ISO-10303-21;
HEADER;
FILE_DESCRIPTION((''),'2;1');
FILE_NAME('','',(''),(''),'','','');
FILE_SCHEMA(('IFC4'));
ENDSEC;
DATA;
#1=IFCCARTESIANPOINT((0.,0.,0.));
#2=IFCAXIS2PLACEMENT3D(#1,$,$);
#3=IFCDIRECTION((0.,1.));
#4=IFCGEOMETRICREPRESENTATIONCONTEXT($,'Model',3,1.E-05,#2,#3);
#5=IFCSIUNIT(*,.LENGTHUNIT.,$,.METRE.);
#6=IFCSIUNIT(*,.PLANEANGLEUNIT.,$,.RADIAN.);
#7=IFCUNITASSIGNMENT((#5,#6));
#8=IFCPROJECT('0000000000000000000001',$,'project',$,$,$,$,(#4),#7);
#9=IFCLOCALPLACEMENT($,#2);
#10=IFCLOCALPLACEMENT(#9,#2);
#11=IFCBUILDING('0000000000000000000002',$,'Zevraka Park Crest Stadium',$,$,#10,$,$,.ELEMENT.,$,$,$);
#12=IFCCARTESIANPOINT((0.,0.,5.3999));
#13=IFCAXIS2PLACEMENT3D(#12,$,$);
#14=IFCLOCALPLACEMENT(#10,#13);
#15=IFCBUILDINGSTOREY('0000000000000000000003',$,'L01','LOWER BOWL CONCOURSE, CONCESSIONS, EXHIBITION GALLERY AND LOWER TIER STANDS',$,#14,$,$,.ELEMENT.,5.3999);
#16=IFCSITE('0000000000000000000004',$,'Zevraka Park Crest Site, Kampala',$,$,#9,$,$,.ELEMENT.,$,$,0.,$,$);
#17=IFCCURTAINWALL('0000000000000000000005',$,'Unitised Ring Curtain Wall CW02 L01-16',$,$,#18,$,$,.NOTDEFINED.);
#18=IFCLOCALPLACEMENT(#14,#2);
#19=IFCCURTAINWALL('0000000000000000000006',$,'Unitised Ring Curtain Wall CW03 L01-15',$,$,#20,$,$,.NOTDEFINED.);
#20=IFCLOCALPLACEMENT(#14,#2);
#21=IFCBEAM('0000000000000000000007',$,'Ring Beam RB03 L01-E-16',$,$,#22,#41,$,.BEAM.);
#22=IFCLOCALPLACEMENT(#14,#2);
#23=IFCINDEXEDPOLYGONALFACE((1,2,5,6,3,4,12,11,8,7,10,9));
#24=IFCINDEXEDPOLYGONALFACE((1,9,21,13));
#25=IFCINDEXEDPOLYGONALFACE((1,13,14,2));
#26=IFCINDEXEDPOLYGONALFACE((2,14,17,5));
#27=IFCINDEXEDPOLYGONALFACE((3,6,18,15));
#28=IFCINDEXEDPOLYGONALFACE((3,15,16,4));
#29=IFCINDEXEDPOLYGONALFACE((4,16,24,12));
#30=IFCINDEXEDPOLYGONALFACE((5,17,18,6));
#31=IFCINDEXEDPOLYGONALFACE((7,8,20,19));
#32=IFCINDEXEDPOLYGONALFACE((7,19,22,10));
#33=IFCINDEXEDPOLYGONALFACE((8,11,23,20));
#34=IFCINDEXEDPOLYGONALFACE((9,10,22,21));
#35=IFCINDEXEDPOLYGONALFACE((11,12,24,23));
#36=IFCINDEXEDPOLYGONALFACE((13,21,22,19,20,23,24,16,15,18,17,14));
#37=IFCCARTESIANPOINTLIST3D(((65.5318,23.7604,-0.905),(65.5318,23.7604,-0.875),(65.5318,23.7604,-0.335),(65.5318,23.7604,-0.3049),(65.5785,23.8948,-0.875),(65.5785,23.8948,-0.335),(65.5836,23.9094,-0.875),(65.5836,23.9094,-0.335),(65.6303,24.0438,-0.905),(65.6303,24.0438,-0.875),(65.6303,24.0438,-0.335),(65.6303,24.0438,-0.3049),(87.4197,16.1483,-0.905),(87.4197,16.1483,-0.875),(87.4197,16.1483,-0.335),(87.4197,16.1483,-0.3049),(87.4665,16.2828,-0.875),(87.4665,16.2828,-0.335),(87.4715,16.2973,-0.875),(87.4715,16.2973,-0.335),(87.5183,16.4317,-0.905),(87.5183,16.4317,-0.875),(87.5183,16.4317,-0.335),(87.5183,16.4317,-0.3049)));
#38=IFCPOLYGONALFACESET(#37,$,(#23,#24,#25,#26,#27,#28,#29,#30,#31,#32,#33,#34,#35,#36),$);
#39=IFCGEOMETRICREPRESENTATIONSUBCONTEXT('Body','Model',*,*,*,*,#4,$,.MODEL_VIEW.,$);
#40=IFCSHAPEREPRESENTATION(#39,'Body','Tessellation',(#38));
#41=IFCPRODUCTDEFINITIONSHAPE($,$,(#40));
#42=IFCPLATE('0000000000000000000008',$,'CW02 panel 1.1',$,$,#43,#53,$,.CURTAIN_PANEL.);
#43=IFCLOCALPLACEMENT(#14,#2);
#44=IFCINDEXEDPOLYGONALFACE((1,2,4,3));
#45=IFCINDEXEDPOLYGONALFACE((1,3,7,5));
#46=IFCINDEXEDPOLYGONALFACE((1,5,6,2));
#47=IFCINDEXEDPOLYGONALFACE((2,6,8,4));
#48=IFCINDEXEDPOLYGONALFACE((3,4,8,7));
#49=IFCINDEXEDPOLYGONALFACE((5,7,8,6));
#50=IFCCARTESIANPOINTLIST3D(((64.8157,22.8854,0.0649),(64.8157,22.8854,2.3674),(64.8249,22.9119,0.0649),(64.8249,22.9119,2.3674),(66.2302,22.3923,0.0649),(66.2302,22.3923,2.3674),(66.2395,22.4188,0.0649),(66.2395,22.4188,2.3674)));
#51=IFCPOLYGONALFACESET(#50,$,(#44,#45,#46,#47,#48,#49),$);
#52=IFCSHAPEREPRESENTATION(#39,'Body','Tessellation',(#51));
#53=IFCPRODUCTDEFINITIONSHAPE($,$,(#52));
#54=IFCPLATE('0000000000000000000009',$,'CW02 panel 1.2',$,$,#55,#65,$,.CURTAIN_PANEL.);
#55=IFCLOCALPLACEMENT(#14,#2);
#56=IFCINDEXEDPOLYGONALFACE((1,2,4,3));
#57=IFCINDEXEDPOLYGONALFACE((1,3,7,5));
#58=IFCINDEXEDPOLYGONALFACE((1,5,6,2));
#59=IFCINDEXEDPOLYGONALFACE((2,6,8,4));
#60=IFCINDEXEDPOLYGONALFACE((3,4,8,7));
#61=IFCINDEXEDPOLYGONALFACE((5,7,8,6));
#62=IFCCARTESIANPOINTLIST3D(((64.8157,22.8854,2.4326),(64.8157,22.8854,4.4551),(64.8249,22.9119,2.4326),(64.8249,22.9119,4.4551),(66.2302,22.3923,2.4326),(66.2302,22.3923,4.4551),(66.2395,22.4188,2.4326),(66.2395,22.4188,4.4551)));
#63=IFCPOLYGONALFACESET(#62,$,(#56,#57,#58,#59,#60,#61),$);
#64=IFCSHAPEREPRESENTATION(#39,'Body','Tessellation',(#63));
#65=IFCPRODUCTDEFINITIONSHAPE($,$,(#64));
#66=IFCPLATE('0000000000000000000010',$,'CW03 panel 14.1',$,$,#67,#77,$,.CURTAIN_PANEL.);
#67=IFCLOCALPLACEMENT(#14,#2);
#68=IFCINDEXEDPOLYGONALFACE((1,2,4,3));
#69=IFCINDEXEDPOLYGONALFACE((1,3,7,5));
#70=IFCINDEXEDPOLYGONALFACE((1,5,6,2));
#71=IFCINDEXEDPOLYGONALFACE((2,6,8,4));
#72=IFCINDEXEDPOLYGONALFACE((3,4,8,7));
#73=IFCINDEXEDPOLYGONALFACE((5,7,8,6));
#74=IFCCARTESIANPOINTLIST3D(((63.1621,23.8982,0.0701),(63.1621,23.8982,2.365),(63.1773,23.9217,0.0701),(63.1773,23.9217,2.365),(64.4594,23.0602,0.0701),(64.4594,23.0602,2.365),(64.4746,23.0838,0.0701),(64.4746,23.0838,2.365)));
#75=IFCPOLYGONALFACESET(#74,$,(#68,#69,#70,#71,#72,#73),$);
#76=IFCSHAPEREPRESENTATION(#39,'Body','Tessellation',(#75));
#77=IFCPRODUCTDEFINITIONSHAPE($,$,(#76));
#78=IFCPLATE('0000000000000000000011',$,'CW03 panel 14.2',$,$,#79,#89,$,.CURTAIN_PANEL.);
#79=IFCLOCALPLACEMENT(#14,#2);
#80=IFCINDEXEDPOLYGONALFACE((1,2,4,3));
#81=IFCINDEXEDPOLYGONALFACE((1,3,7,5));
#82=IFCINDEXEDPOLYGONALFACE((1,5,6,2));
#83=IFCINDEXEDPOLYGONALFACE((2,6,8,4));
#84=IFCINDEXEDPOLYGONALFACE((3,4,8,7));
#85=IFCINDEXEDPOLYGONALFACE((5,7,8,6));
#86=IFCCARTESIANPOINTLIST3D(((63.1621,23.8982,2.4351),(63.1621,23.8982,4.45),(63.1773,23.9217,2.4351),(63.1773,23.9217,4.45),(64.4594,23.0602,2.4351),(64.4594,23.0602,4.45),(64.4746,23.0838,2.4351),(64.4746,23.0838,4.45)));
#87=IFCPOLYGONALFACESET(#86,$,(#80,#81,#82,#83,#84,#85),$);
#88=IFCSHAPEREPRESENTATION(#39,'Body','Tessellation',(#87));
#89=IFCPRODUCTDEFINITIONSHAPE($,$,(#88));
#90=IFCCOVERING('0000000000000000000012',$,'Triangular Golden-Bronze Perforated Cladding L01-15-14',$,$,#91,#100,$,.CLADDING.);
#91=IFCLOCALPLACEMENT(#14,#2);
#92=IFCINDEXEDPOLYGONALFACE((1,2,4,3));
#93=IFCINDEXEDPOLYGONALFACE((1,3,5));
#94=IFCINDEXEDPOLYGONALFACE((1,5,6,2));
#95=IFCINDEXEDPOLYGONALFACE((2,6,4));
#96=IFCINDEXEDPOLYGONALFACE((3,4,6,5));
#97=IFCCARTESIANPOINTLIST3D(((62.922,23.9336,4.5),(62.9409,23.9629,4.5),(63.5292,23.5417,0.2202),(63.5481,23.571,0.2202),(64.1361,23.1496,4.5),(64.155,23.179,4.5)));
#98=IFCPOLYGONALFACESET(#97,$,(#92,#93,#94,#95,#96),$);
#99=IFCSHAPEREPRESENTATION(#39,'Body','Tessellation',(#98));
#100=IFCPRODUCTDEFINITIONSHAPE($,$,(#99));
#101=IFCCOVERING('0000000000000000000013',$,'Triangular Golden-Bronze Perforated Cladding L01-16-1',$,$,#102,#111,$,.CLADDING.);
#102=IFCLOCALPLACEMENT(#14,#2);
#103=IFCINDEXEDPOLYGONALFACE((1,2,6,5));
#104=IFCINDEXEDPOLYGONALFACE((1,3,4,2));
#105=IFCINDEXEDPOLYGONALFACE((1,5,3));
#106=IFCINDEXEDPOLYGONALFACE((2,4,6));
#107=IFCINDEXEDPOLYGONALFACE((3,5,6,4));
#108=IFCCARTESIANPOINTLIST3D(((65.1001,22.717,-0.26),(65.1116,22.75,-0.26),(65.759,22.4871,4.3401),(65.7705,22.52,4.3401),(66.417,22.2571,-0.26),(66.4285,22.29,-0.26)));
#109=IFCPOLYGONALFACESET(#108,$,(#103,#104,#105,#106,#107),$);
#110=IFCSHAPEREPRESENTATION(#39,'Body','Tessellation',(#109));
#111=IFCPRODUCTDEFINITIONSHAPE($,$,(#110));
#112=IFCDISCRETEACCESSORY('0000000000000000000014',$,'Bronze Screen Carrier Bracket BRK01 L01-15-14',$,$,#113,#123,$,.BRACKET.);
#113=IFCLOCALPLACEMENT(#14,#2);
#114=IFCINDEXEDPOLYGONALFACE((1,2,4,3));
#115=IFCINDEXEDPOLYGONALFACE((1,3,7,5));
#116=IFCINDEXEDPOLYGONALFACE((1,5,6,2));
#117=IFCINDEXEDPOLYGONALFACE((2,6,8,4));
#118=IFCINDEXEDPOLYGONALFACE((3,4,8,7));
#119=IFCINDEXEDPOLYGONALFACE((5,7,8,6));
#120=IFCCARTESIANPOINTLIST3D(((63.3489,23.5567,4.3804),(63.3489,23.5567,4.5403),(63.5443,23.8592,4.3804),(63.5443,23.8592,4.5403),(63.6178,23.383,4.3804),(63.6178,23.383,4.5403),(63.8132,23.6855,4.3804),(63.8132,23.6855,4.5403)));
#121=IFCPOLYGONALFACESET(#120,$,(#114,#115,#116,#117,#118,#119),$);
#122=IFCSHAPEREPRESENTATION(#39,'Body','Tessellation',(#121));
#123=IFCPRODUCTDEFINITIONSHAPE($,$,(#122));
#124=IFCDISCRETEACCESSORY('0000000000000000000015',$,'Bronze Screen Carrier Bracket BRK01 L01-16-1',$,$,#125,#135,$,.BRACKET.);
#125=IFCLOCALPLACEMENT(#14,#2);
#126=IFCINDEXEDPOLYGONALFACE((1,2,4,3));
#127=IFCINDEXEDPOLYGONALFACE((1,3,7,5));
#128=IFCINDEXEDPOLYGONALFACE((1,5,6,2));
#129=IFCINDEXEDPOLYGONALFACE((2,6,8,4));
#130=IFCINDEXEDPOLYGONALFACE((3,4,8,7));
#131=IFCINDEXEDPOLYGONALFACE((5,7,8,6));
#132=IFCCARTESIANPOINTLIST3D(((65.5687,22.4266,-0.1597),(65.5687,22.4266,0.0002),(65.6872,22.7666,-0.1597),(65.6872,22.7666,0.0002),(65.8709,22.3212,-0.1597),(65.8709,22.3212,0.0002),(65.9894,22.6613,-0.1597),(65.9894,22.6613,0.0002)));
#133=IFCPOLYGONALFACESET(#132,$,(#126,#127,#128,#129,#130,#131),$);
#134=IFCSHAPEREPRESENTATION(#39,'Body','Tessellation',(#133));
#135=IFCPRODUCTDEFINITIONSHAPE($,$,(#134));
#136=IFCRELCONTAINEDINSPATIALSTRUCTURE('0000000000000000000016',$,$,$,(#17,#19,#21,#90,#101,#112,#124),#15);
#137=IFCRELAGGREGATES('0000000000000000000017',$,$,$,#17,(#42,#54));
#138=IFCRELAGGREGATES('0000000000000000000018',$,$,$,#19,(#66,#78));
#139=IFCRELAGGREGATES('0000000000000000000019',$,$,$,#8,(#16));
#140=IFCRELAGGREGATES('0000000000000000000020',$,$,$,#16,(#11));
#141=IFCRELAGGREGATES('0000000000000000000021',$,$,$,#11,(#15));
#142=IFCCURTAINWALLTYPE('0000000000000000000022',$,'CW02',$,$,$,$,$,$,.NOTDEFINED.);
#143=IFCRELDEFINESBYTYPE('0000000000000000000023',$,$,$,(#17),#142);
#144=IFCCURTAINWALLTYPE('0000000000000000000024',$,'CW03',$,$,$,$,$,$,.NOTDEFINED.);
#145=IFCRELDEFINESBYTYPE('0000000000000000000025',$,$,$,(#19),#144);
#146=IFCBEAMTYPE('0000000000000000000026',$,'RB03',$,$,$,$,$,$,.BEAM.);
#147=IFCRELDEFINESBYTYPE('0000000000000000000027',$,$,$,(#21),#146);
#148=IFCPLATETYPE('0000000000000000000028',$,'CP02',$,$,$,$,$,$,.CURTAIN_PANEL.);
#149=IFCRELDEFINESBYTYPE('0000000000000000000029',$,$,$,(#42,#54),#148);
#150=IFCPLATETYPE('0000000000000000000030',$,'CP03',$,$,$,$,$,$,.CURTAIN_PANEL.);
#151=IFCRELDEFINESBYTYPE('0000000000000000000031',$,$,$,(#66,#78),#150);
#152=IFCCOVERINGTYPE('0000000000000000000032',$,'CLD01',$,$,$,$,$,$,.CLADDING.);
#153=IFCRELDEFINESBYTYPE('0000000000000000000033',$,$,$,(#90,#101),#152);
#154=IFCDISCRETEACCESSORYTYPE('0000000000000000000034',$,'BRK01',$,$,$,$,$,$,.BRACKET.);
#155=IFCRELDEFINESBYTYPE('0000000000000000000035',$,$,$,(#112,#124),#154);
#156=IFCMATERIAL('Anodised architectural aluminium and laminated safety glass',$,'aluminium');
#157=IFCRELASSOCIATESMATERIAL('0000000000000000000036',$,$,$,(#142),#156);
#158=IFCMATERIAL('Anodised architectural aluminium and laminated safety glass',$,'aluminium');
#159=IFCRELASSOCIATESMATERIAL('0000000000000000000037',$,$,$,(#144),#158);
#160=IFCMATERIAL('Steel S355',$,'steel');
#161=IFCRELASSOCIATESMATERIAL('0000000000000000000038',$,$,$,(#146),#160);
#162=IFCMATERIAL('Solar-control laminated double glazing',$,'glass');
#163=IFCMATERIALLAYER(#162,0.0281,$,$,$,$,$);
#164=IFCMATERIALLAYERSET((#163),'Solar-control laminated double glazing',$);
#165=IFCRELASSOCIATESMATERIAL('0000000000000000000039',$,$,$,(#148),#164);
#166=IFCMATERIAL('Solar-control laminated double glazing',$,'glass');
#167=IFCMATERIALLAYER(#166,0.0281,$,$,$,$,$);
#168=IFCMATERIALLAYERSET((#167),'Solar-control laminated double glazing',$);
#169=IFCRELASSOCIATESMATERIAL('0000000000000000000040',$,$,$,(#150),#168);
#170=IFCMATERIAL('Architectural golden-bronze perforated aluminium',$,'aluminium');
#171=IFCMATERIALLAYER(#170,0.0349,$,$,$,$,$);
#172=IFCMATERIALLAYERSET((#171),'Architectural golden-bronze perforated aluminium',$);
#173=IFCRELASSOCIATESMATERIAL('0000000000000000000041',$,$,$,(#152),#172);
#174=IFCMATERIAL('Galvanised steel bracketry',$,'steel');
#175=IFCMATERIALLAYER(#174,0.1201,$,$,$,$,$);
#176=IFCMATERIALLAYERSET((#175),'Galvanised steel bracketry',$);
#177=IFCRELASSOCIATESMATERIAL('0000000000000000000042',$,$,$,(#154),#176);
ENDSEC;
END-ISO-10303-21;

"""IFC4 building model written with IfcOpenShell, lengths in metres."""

from ifc_helpers import new_model, si_unit, direction, frame, origin, origin_2d, place, context, subcontext, project, spatial, polyline, rectangle, i_section, outline, extrude, material, layer, layer_set, material_profile, profile_set, type_object, element, aggregate, save


model = new_model("IFC4")

# Units and contexts
model_context = context("Model", 3, precision=1e-05, world=origin(), true_north=direction((0.0, 1.0)))
body_context = subcontext(model_context, "Body", "Model", "MODEL_VIEW")
ifc_project = project(units=[si_unit("LENGTHUNIT", "METRE"), si_unit("PLANEANGLEUNIT", "RADIAN")], contexts=[model_context])

# Site, building, storey
site_placement = place(None, origin())
site = spatial("IfcSite", under=ifc_project, at=site_placement, Name="Zevraka Park Crest Site, Kampala", CompositionType="ELEMENT", RefElevation=0.0)
building_placement = place(site_placement, origin())
building = spatial("IfcBuilding", under=site, at=building_placement, Name="Zevraka Park Crest Stadium", CompositionType="ELEMENT")
storey_placement = place(building_placement, frame((0.0, 0.0, 5.3999)))
storey = spatial("IfcBuildingStorey", under=building, at=storey_placement, Name="L01", Description="LOWER BOWL CONCOURSE, CONCESSIONS, EXHIBITION GALLERY AND LOWER TIER STANDS", CompositionType="ELEMENT", Elevation=5.3999)

# Curtain walls
ifc_material_1 = material(Name="Anodised architectural aluminium and laminated safety glass", Category="aluminium")
curtain_wall_type_1 = type_object("IfcCurtainWallType", Name="CW02", PredefinedType="NOTDEFINED", material=ifc_material_1)
curtain_wall_1_placement = place(storey_placement, origin())
curtain_wall_1 = element("IfcCurtainWall", 1, at=curtain_wall_1_placement, inside=storey, type_object=curtain_wall_type_1, Name="Unitised Ring Curtain Wall CW02 L01-16", PredefinedType="NOTDEFINED")
ifc_material_2 = material(Name="Anodised architectural aluminium and laminated safety glass", Category="aluminium")
curtain_wall_type_2 = type_object("IfcCurtainWallType", Name="CW03", PredefinedType="NOTDEFINED", material=ifc_material_2)
curtain_wall_2_placement = place(storey_placement, origin())
curtain_wall_2 = element("IfcCurtainWall", 2, at=curtain_wall_2_placement, inside=storey, type_object=curtain_wall_type_2, Name="Unitised Ring Curtain Wall CW03 L01-15", PredefinedType="NOTDEFINED")

# Beam
ifc_material_3 = material(Name="Steel S355", Category="steel")
ifc_material_profile_1 = material_profile(ifc_material_3, i_section(OverallWidth=0.3, OverallDepth=0.6001, WebThickness=0.0154, FlangeThickness=0.03, at=origin_2d()), Name="HEB 600")
ifc_profile_set_1 = profile_set([ifc_material_profile_1], Name="Steel S355")
beam_type = type_object("IfcBeamType", Name="RB03", PredefinedType="BEAM", material=ifc_profile_set_1)
beam_placement = place(storey_placement, frame((65.5811, 23.9021, -0.605), z_axis=(0.944512, -0.328477, 0.0), x_axis=(0.328477, 0.944512, 0.0)))
element("IfcBeam", 3, at=beam_placement, inside=storey, type_object=beam_type, Name="Ring Beam RB03 L01-E-16", PredefinedType="BEAM", context=body_context, shape_type="SweptSolid", body=[
    extrude(i_section(OverallWidth=0.3, OverallDepth=0.6001, WebThickness=0.0154, FlangeThickness=0.03, at=origin_2d()), origin(), (0.0, 0.0, 1.0), 23.1738),
])

# Plates
ifc_material_4 = material(Name="Solar-control laminated double glazing", Category="glass")
ifc_layer_1 = layer(ifc_material_4, 0.0281)
ifc_layer_set_1 = layer_set([ifc_layer_1], Name="Solar-control laminated double glazing")
plate_type_1 = type_object("IfcPlateType", Name="CP02", PredefinedType="CURTAIN_PANEL", material=ifc_layer_set_1)
plate_1_placement = place(storey_placement, frame((65.5276, 22.6521, 0.0649), z_axis=(0.0, 0.0, 1.0), x_axis=(0.944257, -0.329209, 0.0)))
plate_1 = element("IfcPlate", 4, at=plate_1_placement, type_object=plate_type_1, Name="CW02 panel 1.1", PredefinedType="CURTAIN_PANEL", context=body_context, shape_type="SweptSolid", body=[
    extrude(rectangle(XDim=1.498, YDim=0.0281, at=origin_2d()), origin(), (0.0, 0.0, 1.0), 2.3025),
])
plate_2_placement = place(storey_placement, frame((65.5276, 22.6521, 2.4326), z_axis=(0.0, 0.0, 1.0), x_axis=(0.944257, -0.329209, 0.0)))
plate_2 = element("IfcPlate", 5, at=plate_2_placement, type_object=plate_type_1, Name="CW02 panel 1.2", PredefinedType="CURTAIN_PANEL", context=body_context, shape_type="SweptSolid", body=[
    extrude(rectangle(XDim=1.498, YDim=0.0281, at=origin_2d()), origin(), (0.0, 0.0, 1.0), 2.0225),
])
aggregate(curtain_wall_1, [plate_1, plate_2])
ifc_material_5 = material(Name="Solar-control laminated double glazing", Category="glass")
ifc_layer_2 = layer(ifc_material_5, 0.0281)
ifc_layer_set_2 = layer_set([ifc_layer_2], Name="Solar-control laminated double glazing")
plate_type_2 = type_object("IfcPlateType", Name="CP03", PredefinedType="CURTAIN_PANEL", material=ifc_layer_set_2)
plate_3_placement = place(storey_placement, frame((63.8184, 23.491, 0.0701), z_axis=(0.0, 0.0, 1.0), x_axis=(0.84001, -0.542571, 0.0)))
plate_3 = element("IfcPlate", 6, at=plate_3_placement, type_object=plate_type_2, Name="CW03 panel 14.1", PredefinedType="CURTAIN_PANEL", context=body_context, shape_type="SweptSolid", body=[
    extrude(rectangle(XDim=1.5444, YDim=0.0281, at=origin_2d()), origin(), (0.0, 0.0, 1.0), 2.2949),
])
plate_4_placement = place(storey_placement, frame((63.8184, 23.491, 2.4351), z_axis=(0.0, 0.0, 1.0), x_axis=(0.84001, -0.542571, 0.0)))
plate_4 = element("IfcPlate", 7, at=plate_4_placement, type_object=plate_type_2, Name="CW03 panel 14.2", PredefinedType="CURTAIN_PANEL", context=body_context, shape_type="SweptSolid", body=[
    extrude(rectangle(XDim=1.5444, YDim=0.0281, at=origin_2d()), origin(), (0.0, 0.0, 1.0), 2.0149),
])
aggregate(curtain_wall_2, [plate_3, plate_4])

# Coverings
ifc_material_6 = material(Name="Architectural golden-bronze perforated aluminium", Category="aluminium")
ifc_layer_3 = layer(ifc_material_6, 0.0349)
ifc_layer_set_3 = layer_set([ifc_layer_3], Name="Architectural golden-bronze perforated aluminium")
covering_type = type_object("IfcCoveringType", Name="CLD01", PredefinedType="CLADDING", material=ifc_layer_set_3)
covering_1_placement = place(storey_placement, frame((64.155, 23.179, 4.5), z_axis=(0.542439, 0.840096, 0.000039), x_axis=(-0.840096, 0.542439, 0.0)))
element("IfcCovering", 8, at=covering_1_placement, inside=storey, type_object=covering_type, Name="Triangular Golden-Bronze Perforated Cladding L01-15-14", PredefinedType="CLADDING", context=body_context, shape_type="SweptSolid", body=[
    extrude(outline(polyline([(0.0, 0.0), (1.4452, 0.0), (0.7226, -4.2798), (0.0, 0.0)])), origin(), (0.0, 0.0, -1.0), 0.0349),
])
covering_2_placement = place(storey_placement, frame((65.1001, 22.717, -0.26), z_axis=(-0.329742, -0.944071, 0.000035), x_axis=(0.944071, -0.329742, 0.0)))
element("IfcCovering", 9, at=covering_2_placement, inside=storey, type_object=covering_type, Name="Triangular Golden-Bronze Perforated Cladding L01-16-1", PredefinedType="CLADDING", context=body_context, shape_type="SweptSolid", body=[
    extrude(outline(polyline([(0.0, 0.0), (1.3949, 0.0), (0.6979, 4.6001), (0.0, 0.0)])), origin(), (0.0, 0.0, -1.0), 0.0349),
])

# Discrete accessories
ifc_material_7 = material(Name="Galvanised steel bracketry", Category="steel")
ifc_layer_4 = layer(ifc_material_7, 0.1201)
ifc_layer_set_4 = layer_set([ifc_layer_4], Name="Galvanised steel bracketry")
discrete_accessory_type = type_object("IfcDiscreteAccessoryType", Name="BRK01", PredefinedType="BRACKET", material=ifc_layer_set_4)
for number, where, z_axis, x_axis, name in (
    (10, (63.5811, 23.6211, 4.3804), (0.0, 0.0, 1.0), (0.839999, -0.542588, 0.0), "Bronze Screen Carrier Bracket BRK01 L01-15-14"),
    (11, (65.7791, 22.5439, -0.1597), (0.0, 0.0, 1.0), (0.944262, -0.329196, 0.0), "Bronze Screen Carrier Bracket BRK01 L01-16-1"),
):
    element("IfcDiscreteAccessory", number, at=place(storey_placement, frame(where, z_axis=z_axis, x_axis=x_axis)), inside=storey, type_object=discrete_accessory_type, Name=name, PredefinedType="BRACKET", context=body_context, shape_type="SweptSolid", body=[
        extrude(rectangle(XDim=0.3201, YDim=0.3601, at=origin_2d()), origin(), (0.0, 0.0, 1.0), 0.1599),
    ])

save(model, "model.ifc")
